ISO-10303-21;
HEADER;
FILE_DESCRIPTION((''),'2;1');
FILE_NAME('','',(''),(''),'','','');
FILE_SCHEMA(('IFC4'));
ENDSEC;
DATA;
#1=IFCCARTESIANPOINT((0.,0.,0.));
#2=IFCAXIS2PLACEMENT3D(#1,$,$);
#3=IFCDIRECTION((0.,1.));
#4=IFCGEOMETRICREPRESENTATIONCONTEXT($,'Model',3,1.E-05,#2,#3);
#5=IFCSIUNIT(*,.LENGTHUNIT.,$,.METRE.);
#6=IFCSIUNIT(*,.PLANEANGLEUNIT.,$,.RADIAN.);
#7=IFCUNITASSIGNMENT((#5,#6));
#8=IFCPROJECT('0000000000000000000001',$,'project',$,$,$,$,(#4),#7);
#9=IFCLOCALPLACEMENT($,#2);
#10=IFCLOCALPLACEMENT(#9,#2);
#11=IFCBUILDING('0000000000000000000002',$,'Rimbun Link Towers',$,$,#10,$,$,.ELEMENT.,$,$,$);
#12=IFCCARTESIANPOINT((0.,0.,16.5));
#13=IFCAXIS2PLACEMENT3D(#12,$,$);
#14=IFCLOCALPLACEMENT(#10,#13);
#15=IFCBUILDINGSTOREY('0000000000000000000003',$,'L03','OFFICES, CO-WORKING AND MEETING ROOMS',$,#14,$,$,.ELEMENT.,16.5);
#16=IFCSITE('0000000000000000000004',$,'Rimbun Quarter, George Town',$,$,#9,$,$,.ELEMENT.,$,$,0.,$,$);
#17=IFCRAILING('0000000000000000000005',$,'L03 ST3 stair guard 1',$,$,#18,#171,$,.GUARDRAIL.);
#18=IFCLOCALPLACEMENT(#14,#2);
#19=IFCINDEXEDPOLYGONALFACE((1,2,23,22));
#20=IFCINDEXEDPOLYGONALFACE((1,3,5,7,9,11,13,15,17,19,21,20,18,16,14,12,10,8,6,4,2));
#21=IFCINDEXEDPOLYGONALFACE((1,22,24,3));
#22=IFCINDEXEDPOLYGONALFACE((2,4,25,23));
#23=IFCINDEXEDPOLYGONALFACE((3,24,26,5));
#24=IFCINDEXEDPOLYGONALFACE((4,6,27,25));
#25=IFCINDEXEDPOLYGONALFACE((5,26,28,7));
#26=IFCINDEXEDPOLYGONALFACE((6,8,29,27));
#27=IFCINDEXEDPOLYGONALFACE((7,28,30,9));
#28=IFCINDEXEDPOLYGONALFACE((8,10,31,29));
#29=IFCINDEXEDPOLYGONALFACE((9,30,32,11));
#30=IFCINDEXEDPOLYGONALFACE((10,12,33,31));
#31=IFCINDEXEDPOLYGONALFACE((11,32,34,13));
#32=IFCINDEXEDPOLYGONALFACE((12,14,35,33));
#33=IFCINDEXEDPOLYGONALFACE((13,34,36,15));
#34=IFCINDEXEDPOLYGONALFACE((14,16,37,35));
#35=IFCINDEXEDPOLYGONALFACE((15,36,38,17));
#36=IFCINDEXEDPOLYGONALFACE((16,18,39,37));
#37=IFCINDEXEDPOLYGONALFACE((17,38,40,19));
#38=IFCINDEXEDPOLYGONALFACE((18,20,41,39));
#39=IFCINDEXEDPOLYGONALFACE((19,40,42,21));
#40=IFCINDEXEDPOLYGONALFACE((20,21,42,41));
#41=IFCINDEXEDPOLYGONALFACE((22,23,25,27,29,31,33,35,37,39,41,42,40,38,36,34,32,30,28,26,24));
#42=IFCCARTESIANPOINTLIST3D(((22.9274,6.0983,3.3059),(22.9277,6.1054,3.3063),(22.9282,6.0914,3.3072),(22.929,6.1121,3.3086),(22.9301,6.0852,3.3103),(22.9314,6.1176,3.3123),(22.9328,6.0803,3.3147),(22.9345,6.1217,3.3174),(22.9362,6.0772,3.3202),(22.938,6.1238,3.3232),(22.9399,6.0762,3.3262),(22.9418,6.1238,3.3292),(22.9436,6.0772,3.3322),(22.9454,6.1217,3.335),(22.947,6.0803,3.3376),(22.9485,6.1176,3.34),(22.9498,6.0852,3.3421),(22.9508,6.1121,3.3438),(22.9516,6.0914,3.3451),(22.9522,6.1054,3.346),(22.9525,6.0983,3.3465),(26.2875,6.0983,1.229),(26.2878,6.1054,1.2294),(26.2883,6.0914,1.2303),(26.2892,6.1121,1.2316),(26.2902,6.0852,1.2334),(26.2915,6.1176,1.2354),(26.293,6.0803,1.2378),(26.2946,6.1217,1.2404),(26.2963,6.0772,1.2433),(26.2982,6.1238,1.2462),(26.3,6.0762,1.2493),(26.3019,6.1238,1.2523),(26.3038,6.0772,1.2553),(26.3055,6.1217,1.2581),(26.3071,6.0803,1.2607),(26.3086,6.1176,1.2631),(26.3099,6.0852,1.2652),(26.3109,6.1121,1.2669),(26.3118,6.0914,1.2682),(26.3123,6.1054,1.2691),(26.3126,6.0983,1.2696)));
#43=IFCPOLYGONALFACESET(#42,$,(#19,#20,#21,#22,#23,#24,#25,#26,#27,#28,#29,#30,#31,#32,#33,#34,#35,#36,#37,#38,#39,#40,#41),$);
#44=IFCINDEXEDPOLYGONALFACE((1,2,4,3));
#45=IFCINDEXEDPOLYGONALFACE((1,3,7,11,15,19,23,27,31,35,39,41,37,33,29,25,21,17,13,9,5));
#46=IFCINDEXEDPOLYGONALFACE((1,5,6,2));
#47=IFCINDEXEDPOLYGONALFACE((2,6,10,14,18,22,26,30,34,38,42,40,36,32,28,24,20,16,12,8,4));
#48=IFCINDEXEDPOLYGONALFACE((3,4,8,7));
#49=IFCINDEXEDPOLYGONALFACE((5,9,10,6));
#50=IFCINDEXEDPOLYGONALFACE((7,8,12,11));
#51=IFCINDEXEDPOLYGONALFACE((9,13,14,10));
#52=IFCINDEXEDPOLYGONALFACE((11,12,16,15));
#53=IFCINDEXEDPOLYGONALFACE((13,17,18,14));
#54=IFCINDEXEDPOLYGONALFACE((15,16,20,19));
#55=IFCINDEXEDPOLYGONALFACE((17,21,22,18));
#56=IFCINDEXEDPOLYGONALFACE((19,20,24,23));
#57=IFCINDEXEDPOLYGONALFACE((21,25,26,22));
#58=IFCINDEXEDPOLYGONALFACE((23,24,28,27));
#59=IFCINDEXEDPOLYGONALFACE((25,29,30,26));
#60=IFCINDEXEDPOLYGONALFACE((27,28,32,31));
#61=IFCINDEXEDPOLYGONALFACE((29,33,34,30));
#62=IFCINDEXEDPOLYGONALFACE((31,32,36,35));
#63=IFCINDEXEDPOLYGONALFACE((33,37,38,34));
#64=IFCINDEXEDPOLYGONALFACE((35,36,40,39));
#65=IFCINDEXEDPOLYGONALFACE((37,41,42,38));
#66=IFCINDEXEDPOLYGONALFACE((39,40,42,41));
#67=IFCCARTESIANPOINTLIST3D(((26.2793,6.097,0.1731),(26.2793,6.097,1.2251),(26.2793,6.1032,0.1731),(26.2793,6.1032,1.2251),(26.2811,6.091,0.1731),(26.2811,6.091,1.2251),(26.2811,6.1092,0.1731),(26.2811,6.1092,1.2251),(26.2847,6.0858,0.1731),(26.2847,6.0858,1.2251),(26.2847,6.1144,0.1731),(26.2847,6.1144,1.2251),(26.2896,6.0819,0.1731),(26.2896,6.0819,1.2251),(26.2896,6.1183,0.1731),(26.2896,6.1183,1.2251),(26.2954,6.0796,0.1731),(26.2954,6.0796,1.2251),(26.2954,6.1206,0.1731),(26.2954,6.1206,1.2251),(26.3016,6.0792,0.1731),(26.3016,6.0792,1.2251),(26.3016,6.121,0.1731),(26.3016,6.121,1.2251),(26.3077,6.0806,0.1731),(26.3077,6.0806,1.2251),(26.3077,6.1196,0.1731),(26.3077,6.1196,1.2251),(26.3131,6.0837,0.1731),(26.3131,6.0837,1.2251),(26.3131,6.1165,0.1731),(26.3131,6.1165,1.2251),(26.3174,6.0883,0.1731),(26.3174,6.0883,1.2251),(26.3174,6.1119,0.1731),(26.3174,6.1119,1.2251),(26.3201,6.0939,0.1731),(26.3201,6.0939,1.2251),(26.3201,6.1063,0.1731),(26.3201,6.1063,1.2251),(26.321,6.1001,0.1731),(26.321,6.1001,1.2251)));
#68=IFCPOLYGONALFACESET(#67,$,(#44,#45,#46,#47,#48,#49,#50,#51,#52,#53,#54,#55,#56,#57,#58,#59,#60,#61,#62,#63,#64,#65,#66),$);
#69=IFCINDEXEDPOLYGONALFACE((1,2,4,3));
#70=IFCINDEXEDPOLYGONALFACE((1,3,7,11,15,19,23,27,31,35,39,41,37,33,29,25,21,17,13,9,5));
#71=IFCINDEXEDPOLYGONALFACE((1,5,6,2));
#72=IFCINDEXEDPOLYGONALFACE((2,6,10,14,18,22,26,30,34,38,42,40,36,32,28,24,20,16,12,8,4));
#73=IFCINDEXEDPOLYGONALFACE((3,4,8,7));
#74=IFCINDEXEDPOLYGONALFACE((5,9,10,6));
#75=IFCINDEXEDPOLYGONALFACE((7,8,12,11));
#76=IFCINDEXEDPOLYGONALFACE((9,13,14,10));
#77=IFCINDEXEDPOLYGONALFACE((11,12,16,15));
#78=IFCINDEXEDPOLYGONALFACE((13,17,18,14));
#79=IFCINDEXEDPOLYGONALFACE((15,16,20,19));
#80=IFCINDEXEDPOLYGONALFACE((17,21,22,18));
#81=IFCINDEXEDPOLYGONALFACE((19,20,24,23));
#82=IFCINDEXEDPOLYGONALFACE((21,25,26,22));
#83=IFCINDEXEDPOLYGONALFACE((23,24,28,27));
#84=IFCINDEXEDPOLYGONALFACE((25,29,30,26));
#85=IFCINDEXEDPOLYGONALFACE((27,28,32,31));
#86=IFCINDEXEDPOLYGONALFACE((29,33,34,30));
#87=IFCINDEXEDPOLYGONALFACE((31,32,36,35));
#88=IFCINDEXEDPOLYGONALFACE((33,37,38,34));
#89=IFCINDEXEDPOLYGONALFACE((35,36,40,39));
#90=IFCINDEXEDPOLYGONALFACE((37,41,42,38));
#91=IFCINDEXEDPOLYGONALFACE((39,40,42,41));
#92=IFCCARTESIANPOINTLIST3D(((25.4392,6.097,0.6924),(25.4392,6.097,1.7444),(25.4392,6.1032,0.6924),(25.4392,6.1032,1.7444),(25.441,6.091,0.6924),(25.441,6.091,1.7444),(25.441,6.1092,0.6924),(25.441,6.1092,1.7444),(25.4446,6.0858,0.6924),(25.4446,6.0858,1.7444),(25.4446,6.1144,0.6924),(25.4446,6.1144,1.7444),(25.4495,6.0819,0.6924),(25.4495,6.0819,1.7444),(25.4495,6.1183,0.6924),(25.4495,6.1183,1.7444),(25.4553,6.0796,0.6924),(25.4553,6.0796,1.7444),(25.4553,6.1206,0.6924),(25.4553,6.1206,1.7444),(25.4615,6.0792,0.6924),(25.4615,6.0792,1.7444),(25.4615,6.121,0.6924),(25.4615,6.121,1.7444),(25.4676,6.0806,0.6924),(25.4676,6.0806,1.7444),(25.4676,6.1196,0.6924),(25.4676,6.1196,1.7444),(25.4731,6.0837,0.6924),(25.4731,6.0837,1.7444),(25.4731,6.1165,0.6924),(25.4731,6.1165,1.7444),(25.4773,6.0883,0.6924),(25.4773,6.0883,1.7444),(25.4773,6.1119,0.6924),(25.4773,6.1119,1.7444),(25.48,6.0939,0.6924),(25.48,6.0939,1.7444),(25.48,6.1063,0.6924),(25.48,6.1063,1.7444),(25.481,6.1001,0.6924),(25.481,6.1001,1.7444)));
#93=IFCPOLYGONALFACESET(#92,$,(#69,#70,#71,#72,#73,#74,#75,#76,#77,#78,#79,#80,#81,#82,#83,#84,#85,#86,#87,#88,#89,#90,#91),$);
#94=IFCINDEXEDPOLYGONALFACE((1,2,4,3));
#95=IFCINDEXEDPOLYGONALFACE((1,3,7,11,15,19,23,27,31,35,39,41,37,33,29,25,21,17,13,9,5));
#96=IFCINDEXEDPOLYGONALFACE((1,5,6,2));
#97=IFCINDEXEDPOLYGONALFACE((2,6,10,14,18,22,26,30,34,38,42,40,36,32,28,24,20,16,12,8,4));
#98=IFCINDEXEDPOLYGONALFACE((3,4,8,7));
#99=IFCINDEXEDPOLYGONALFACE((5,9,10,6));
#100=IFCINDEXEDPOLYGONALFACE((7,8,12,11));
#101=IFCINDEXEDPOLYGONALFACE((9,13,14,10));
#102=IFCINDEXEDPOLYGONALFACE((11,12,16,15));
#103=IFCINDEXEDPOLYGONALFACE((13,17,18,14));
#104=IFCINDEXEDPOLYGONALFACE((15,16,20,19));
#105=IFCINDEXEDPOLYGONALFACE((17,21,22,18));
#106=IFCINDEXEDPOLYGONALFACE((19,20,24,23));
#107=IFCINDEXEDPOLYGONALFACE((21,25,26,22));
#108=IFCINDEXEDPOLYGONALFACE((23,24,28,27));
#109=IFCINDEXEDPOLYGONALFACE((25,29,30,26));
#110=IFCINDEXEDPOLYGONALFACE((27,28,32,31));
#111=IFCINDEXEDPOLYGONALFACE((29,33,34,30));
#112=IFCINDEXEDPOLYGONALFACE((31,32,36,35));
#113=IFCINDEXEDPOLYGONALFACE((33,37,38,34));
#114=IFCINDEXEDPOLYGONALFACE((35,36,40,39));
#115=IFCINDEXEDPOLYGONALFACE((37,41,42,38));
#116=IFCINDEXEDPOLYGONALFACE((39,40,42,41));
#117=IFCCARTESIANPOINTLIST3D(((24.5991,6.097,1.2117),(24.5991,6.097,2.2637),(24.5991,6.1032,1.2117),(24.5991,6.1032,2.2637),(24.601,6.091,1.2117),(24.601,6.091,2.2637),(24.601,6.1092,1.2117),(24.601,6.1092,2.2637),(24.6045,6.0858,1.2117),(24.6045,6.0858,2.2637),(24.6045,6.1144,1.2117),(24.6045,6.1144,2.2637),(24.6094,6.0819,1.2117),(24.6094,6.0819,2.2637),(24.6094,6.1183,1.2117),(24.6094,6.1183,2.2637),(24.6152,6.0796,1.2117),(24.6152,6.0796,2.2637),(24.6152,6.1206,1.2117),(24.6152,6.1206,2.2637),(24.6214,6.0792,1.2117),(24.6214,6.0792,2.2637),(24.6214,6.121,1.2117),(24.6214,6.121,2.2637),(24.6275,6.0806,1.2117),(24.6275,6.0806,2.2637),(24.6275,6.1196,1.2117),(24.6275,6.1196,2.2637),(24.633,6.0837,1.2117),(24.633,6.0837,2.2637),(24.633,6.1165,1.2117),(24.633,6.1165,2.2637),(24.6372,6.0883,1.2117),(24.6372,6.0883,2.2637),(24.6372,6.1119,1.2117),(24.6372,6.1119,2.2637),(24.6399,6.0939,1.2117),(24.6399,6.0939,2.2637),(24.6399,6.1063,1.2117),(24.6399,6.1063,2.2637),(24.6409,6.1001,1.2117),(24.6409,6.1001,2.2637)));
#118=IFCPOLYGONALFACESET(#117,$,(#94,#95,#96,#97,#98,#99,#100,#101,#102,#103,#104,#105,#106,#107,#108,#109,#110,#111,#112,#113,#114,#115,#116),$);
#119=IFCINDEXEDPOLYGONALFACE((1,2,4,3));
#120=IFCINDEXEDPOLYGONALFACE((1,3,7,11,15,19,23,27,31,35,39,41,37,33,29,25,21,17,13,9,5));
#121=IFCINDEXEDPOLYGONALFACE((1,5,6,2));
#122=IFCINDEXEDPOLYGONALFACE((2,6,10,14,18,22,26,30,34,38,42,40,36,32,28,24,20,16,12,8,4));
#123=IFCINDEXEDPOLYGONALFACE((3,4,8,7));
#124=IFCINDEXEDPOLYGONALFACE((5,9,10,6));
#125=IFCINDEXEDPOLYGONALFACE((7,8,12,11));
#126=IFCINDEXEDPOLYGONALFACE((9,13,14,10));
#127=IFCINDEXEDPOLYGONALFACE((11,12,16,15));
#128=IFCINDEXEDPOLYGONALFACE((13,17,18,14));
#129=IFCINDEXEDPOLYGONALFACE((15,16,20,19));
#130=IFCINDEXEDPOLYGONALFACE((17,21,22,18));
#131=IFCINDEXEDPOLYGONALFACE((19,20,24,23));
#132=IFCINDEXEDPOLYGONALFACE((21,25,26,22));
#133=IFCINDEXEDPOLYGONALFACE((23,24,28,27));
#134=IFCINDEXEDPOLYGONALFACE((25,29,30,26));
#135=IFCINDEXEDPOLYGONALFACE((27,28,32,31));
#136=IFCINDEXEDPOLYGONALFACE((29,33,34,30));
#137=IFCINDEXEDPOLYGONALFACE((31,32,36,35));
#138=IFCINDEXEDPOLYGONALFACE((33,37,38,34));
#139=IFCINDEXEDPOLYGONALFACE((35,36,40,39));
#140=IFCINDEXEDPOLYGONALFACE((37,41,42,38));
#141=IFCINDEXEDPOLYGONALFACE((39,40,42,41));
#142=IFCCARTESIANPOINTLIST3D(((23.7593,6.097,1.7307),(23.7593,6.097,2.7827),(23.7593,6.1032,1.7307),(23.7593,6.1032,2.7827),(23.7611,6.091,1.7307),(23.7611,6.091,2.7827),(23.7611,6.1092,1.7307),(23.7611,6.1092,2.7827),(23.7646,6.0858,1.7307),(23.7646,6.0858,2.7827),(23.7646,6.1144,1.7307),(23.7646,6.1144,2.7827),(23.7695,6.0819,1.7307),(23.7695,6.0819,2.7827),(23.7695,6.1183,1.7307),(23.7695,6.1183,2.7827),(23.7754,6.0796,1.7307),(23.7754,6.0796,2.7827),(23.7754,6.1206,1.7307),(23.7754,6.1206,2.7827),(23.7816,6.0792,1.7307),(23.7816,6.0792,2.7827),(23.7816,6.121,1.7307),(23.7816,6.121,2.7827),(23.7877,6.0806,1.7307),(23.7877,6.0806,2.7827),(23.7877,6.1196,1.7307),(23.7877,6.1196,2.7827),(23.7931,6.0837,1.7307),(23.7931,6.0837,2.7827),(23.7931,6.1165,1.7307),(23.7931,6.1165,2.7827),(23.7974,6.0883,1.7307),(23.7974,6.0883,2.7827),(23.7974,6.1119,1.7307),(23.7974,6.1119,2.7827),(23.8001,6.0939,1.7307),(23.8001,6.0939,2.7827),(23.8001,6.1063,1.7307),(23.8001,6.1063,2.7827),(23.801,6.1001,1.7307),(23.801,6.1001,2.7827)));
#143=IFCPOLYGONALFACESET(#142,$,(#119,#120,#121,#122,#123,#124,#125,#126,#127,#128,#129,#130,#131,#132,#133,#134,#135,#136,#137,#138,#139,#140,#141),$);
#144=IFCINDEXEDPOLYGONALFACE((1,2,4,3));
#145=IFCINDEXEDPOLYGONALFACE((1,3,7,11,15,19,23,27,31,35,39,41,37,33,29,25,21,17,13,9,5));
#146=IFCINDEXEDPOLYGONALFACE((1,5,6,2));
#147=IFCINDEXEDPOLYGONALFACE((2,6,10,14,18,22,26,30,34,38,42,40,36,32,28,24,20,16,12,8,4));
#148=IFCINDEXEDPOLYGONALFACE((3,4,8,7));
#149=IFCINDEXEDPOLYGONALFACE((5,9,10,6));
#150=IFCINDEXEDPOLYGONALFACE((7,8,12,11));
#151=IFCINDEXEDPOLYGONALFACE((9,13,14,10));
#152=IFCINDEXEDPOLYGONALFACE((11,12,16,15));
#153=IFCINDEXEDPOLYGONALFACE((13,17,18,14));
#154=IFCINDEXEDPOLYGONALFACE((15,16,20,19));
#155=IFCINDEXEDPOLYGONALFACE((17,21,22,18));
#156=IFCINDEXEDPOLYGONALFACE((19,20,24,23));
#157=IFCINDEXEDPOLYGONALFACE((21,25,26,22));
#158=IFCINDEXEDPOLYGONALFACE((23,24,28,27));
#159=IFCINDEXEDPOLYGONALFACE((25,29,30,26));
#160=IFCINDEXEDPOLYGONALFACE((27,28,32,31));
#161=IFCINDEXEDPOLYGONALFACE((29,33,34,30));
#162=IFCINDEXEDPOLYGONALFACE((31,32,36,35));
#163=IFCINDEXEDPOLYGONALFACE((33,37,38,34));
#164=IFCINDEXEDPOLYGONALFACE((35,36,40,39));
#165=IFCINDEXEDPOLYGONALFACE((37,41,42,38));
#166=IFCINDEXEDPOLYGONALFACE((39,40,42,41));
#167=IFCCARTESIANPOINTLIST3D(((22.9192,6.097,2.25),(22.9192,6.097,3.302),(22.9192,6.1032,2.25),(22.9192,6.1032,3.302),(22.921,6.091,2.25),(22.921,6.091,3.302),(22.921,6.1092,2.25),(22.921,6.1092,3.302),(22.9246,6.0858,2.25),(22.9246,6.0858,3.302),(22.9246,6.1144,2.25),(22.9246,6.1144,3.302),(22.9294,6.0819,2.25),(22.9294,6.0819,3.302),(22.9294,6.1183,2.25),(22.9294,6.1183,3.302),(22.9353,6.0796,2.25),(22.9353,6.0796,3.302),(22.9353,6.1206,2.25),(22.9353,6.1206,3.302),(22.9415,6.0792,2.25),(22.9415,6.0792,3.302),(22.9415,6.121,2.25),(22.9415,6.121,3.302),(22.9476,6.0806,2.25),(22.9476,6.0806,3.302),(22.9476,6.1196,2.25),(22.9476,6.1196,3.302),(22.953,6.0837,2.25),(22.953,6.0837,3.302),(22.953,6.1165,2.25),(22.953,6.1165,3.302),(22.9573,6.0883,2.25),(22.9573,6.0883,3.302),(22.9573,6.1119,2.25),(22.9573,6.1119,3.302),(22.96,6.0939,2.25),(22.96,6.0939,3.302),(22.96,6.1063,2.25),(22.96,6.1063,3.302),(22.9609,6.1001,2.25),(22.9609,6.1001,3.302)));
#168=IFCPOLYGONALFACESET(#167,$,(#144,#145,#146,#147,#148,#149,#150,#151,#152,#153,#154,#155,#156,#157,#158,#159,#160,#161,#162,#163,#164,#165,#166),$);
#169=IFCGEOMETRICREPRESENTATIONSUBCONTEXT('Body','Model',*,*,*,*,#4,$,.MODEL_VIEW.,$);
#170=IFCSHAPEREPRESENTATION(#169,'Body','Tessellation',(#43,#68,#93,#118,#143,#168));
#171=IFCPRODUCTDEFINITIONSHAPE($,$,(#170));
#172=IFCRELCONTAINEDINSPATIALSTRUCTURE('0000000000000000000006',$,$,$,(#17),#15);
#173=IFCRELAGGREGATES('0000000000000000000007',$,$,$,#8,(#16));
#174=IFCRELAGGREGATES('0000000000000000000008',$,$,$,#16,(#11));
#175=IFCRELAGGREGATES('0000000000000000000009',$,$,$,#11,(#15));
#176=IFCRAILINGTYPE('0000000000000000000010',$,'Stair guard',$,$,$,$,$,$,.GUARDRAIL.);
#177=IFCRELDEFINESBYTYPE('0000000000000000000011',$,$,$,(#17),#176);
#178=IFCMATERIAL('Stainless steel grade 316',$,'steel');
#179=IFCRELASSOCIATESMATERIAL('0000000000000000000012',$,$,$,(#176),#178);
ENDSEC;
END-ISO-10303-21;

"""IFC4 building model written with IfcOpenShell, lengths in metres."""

from ifc_helpers import new_model, si_unit, direction, frame, origin, origin_2d, place, context, subcontext, project, spatial, circle, extrude, material, type_object, element, save


model = new_model("IFC4")

# Units and contexts
model_context = context("Model", 3, precision=1e-05, world=origin(), true_north=direction((0.0, 1.0)))
body_context = subcontext(model_context, "Body", "Model", "MODEL_VIEW")
ifc_project = project(units=[si_unit("LENGTHUNIT", "METRE"), si_unit("PLANEANGLEUNIT", "RADIAN")], contexts=[model_context])

# Site, building, storey
site_placement = place(None, origin())
site = spatial("IfcSite", under=ifc_project, at=site_placement, Name="Rimbun Quarter, George Town", CompositionType="ELEMENT", RefElevation=0.0)
building_placement = place(site_placement, origin())
building = spatial("IfcBuilding", under=site, at=building_placement, Name="Rimbun Link Towers", CompositionType="ELEMENT")
storey_placement = place(building_placement, frame((0.0, 0.0, 16.5)))
storey = spatial("IfcBuildingStorey", under=building, at=storey_placement, Name="L03", Description="OFFICES, CO-WORKING AND MEETING ROOMS", CompositionType="ELEMENT", Elevation=16.5)

# Railing
ifc_material_1 = material(Name="Stainless steel grade 316", Category="steel")
railing_type_1 = type_object("IfcRailingType", Name="Stair guard", PredefinedType="GUARDRAIL", material=ifc_material_1)
railing_1_placement = place(storey_placement, frame((26.3, 6.1001, 0.1731)))
element("IfcRailing", 1, at=railing_1_placement, inside=storey, type_object=railing_type_1, Name="L03 ST3 stair guard 1", PredefinedType="GUARDRAIL", context=body_context, shape_type="SweptSolid", body=[
    extrude(circle(Radius=0.0239, at=origin_2d()), frame((0.0, 0.0, 1.0762), z_axis=(-0.850623, 0.0, 0.525776), x_axis=(0.0, -1.0, 0.0)), (0.0, 0.0, 1.0), 3.9502),
    extrude(circle(Radius=0.021, at=origin_2d()), origin(), (0.0, 0.0, 1.0), 1.052),
    extrude(circle(Radius=0.021, at=origin_2d()), frame((-0.8401, 0.0, 0.5193)), (0.0, 0.0, 1.0), 1.052),
    extrude(circle(Radius=0.021, at=origin_2d()), frame((-1.6802, 0.0, 1.0386)), (0.0, 0.0, 1.0), 1.052),
    extrude(circle(Radius=0.021, at=origin_2d()), frame((-2.52, 0.0, 1.5576)), (0.0, 0.0, 1.0), 1.052),
    extrude(circle(Radius=0.021, at=origin_2d()), frame((-3.3601, 0.0, 2.0769)), (0.0, 0.0, 1.0), 1.052),
])

save(model, "model.ifc")
